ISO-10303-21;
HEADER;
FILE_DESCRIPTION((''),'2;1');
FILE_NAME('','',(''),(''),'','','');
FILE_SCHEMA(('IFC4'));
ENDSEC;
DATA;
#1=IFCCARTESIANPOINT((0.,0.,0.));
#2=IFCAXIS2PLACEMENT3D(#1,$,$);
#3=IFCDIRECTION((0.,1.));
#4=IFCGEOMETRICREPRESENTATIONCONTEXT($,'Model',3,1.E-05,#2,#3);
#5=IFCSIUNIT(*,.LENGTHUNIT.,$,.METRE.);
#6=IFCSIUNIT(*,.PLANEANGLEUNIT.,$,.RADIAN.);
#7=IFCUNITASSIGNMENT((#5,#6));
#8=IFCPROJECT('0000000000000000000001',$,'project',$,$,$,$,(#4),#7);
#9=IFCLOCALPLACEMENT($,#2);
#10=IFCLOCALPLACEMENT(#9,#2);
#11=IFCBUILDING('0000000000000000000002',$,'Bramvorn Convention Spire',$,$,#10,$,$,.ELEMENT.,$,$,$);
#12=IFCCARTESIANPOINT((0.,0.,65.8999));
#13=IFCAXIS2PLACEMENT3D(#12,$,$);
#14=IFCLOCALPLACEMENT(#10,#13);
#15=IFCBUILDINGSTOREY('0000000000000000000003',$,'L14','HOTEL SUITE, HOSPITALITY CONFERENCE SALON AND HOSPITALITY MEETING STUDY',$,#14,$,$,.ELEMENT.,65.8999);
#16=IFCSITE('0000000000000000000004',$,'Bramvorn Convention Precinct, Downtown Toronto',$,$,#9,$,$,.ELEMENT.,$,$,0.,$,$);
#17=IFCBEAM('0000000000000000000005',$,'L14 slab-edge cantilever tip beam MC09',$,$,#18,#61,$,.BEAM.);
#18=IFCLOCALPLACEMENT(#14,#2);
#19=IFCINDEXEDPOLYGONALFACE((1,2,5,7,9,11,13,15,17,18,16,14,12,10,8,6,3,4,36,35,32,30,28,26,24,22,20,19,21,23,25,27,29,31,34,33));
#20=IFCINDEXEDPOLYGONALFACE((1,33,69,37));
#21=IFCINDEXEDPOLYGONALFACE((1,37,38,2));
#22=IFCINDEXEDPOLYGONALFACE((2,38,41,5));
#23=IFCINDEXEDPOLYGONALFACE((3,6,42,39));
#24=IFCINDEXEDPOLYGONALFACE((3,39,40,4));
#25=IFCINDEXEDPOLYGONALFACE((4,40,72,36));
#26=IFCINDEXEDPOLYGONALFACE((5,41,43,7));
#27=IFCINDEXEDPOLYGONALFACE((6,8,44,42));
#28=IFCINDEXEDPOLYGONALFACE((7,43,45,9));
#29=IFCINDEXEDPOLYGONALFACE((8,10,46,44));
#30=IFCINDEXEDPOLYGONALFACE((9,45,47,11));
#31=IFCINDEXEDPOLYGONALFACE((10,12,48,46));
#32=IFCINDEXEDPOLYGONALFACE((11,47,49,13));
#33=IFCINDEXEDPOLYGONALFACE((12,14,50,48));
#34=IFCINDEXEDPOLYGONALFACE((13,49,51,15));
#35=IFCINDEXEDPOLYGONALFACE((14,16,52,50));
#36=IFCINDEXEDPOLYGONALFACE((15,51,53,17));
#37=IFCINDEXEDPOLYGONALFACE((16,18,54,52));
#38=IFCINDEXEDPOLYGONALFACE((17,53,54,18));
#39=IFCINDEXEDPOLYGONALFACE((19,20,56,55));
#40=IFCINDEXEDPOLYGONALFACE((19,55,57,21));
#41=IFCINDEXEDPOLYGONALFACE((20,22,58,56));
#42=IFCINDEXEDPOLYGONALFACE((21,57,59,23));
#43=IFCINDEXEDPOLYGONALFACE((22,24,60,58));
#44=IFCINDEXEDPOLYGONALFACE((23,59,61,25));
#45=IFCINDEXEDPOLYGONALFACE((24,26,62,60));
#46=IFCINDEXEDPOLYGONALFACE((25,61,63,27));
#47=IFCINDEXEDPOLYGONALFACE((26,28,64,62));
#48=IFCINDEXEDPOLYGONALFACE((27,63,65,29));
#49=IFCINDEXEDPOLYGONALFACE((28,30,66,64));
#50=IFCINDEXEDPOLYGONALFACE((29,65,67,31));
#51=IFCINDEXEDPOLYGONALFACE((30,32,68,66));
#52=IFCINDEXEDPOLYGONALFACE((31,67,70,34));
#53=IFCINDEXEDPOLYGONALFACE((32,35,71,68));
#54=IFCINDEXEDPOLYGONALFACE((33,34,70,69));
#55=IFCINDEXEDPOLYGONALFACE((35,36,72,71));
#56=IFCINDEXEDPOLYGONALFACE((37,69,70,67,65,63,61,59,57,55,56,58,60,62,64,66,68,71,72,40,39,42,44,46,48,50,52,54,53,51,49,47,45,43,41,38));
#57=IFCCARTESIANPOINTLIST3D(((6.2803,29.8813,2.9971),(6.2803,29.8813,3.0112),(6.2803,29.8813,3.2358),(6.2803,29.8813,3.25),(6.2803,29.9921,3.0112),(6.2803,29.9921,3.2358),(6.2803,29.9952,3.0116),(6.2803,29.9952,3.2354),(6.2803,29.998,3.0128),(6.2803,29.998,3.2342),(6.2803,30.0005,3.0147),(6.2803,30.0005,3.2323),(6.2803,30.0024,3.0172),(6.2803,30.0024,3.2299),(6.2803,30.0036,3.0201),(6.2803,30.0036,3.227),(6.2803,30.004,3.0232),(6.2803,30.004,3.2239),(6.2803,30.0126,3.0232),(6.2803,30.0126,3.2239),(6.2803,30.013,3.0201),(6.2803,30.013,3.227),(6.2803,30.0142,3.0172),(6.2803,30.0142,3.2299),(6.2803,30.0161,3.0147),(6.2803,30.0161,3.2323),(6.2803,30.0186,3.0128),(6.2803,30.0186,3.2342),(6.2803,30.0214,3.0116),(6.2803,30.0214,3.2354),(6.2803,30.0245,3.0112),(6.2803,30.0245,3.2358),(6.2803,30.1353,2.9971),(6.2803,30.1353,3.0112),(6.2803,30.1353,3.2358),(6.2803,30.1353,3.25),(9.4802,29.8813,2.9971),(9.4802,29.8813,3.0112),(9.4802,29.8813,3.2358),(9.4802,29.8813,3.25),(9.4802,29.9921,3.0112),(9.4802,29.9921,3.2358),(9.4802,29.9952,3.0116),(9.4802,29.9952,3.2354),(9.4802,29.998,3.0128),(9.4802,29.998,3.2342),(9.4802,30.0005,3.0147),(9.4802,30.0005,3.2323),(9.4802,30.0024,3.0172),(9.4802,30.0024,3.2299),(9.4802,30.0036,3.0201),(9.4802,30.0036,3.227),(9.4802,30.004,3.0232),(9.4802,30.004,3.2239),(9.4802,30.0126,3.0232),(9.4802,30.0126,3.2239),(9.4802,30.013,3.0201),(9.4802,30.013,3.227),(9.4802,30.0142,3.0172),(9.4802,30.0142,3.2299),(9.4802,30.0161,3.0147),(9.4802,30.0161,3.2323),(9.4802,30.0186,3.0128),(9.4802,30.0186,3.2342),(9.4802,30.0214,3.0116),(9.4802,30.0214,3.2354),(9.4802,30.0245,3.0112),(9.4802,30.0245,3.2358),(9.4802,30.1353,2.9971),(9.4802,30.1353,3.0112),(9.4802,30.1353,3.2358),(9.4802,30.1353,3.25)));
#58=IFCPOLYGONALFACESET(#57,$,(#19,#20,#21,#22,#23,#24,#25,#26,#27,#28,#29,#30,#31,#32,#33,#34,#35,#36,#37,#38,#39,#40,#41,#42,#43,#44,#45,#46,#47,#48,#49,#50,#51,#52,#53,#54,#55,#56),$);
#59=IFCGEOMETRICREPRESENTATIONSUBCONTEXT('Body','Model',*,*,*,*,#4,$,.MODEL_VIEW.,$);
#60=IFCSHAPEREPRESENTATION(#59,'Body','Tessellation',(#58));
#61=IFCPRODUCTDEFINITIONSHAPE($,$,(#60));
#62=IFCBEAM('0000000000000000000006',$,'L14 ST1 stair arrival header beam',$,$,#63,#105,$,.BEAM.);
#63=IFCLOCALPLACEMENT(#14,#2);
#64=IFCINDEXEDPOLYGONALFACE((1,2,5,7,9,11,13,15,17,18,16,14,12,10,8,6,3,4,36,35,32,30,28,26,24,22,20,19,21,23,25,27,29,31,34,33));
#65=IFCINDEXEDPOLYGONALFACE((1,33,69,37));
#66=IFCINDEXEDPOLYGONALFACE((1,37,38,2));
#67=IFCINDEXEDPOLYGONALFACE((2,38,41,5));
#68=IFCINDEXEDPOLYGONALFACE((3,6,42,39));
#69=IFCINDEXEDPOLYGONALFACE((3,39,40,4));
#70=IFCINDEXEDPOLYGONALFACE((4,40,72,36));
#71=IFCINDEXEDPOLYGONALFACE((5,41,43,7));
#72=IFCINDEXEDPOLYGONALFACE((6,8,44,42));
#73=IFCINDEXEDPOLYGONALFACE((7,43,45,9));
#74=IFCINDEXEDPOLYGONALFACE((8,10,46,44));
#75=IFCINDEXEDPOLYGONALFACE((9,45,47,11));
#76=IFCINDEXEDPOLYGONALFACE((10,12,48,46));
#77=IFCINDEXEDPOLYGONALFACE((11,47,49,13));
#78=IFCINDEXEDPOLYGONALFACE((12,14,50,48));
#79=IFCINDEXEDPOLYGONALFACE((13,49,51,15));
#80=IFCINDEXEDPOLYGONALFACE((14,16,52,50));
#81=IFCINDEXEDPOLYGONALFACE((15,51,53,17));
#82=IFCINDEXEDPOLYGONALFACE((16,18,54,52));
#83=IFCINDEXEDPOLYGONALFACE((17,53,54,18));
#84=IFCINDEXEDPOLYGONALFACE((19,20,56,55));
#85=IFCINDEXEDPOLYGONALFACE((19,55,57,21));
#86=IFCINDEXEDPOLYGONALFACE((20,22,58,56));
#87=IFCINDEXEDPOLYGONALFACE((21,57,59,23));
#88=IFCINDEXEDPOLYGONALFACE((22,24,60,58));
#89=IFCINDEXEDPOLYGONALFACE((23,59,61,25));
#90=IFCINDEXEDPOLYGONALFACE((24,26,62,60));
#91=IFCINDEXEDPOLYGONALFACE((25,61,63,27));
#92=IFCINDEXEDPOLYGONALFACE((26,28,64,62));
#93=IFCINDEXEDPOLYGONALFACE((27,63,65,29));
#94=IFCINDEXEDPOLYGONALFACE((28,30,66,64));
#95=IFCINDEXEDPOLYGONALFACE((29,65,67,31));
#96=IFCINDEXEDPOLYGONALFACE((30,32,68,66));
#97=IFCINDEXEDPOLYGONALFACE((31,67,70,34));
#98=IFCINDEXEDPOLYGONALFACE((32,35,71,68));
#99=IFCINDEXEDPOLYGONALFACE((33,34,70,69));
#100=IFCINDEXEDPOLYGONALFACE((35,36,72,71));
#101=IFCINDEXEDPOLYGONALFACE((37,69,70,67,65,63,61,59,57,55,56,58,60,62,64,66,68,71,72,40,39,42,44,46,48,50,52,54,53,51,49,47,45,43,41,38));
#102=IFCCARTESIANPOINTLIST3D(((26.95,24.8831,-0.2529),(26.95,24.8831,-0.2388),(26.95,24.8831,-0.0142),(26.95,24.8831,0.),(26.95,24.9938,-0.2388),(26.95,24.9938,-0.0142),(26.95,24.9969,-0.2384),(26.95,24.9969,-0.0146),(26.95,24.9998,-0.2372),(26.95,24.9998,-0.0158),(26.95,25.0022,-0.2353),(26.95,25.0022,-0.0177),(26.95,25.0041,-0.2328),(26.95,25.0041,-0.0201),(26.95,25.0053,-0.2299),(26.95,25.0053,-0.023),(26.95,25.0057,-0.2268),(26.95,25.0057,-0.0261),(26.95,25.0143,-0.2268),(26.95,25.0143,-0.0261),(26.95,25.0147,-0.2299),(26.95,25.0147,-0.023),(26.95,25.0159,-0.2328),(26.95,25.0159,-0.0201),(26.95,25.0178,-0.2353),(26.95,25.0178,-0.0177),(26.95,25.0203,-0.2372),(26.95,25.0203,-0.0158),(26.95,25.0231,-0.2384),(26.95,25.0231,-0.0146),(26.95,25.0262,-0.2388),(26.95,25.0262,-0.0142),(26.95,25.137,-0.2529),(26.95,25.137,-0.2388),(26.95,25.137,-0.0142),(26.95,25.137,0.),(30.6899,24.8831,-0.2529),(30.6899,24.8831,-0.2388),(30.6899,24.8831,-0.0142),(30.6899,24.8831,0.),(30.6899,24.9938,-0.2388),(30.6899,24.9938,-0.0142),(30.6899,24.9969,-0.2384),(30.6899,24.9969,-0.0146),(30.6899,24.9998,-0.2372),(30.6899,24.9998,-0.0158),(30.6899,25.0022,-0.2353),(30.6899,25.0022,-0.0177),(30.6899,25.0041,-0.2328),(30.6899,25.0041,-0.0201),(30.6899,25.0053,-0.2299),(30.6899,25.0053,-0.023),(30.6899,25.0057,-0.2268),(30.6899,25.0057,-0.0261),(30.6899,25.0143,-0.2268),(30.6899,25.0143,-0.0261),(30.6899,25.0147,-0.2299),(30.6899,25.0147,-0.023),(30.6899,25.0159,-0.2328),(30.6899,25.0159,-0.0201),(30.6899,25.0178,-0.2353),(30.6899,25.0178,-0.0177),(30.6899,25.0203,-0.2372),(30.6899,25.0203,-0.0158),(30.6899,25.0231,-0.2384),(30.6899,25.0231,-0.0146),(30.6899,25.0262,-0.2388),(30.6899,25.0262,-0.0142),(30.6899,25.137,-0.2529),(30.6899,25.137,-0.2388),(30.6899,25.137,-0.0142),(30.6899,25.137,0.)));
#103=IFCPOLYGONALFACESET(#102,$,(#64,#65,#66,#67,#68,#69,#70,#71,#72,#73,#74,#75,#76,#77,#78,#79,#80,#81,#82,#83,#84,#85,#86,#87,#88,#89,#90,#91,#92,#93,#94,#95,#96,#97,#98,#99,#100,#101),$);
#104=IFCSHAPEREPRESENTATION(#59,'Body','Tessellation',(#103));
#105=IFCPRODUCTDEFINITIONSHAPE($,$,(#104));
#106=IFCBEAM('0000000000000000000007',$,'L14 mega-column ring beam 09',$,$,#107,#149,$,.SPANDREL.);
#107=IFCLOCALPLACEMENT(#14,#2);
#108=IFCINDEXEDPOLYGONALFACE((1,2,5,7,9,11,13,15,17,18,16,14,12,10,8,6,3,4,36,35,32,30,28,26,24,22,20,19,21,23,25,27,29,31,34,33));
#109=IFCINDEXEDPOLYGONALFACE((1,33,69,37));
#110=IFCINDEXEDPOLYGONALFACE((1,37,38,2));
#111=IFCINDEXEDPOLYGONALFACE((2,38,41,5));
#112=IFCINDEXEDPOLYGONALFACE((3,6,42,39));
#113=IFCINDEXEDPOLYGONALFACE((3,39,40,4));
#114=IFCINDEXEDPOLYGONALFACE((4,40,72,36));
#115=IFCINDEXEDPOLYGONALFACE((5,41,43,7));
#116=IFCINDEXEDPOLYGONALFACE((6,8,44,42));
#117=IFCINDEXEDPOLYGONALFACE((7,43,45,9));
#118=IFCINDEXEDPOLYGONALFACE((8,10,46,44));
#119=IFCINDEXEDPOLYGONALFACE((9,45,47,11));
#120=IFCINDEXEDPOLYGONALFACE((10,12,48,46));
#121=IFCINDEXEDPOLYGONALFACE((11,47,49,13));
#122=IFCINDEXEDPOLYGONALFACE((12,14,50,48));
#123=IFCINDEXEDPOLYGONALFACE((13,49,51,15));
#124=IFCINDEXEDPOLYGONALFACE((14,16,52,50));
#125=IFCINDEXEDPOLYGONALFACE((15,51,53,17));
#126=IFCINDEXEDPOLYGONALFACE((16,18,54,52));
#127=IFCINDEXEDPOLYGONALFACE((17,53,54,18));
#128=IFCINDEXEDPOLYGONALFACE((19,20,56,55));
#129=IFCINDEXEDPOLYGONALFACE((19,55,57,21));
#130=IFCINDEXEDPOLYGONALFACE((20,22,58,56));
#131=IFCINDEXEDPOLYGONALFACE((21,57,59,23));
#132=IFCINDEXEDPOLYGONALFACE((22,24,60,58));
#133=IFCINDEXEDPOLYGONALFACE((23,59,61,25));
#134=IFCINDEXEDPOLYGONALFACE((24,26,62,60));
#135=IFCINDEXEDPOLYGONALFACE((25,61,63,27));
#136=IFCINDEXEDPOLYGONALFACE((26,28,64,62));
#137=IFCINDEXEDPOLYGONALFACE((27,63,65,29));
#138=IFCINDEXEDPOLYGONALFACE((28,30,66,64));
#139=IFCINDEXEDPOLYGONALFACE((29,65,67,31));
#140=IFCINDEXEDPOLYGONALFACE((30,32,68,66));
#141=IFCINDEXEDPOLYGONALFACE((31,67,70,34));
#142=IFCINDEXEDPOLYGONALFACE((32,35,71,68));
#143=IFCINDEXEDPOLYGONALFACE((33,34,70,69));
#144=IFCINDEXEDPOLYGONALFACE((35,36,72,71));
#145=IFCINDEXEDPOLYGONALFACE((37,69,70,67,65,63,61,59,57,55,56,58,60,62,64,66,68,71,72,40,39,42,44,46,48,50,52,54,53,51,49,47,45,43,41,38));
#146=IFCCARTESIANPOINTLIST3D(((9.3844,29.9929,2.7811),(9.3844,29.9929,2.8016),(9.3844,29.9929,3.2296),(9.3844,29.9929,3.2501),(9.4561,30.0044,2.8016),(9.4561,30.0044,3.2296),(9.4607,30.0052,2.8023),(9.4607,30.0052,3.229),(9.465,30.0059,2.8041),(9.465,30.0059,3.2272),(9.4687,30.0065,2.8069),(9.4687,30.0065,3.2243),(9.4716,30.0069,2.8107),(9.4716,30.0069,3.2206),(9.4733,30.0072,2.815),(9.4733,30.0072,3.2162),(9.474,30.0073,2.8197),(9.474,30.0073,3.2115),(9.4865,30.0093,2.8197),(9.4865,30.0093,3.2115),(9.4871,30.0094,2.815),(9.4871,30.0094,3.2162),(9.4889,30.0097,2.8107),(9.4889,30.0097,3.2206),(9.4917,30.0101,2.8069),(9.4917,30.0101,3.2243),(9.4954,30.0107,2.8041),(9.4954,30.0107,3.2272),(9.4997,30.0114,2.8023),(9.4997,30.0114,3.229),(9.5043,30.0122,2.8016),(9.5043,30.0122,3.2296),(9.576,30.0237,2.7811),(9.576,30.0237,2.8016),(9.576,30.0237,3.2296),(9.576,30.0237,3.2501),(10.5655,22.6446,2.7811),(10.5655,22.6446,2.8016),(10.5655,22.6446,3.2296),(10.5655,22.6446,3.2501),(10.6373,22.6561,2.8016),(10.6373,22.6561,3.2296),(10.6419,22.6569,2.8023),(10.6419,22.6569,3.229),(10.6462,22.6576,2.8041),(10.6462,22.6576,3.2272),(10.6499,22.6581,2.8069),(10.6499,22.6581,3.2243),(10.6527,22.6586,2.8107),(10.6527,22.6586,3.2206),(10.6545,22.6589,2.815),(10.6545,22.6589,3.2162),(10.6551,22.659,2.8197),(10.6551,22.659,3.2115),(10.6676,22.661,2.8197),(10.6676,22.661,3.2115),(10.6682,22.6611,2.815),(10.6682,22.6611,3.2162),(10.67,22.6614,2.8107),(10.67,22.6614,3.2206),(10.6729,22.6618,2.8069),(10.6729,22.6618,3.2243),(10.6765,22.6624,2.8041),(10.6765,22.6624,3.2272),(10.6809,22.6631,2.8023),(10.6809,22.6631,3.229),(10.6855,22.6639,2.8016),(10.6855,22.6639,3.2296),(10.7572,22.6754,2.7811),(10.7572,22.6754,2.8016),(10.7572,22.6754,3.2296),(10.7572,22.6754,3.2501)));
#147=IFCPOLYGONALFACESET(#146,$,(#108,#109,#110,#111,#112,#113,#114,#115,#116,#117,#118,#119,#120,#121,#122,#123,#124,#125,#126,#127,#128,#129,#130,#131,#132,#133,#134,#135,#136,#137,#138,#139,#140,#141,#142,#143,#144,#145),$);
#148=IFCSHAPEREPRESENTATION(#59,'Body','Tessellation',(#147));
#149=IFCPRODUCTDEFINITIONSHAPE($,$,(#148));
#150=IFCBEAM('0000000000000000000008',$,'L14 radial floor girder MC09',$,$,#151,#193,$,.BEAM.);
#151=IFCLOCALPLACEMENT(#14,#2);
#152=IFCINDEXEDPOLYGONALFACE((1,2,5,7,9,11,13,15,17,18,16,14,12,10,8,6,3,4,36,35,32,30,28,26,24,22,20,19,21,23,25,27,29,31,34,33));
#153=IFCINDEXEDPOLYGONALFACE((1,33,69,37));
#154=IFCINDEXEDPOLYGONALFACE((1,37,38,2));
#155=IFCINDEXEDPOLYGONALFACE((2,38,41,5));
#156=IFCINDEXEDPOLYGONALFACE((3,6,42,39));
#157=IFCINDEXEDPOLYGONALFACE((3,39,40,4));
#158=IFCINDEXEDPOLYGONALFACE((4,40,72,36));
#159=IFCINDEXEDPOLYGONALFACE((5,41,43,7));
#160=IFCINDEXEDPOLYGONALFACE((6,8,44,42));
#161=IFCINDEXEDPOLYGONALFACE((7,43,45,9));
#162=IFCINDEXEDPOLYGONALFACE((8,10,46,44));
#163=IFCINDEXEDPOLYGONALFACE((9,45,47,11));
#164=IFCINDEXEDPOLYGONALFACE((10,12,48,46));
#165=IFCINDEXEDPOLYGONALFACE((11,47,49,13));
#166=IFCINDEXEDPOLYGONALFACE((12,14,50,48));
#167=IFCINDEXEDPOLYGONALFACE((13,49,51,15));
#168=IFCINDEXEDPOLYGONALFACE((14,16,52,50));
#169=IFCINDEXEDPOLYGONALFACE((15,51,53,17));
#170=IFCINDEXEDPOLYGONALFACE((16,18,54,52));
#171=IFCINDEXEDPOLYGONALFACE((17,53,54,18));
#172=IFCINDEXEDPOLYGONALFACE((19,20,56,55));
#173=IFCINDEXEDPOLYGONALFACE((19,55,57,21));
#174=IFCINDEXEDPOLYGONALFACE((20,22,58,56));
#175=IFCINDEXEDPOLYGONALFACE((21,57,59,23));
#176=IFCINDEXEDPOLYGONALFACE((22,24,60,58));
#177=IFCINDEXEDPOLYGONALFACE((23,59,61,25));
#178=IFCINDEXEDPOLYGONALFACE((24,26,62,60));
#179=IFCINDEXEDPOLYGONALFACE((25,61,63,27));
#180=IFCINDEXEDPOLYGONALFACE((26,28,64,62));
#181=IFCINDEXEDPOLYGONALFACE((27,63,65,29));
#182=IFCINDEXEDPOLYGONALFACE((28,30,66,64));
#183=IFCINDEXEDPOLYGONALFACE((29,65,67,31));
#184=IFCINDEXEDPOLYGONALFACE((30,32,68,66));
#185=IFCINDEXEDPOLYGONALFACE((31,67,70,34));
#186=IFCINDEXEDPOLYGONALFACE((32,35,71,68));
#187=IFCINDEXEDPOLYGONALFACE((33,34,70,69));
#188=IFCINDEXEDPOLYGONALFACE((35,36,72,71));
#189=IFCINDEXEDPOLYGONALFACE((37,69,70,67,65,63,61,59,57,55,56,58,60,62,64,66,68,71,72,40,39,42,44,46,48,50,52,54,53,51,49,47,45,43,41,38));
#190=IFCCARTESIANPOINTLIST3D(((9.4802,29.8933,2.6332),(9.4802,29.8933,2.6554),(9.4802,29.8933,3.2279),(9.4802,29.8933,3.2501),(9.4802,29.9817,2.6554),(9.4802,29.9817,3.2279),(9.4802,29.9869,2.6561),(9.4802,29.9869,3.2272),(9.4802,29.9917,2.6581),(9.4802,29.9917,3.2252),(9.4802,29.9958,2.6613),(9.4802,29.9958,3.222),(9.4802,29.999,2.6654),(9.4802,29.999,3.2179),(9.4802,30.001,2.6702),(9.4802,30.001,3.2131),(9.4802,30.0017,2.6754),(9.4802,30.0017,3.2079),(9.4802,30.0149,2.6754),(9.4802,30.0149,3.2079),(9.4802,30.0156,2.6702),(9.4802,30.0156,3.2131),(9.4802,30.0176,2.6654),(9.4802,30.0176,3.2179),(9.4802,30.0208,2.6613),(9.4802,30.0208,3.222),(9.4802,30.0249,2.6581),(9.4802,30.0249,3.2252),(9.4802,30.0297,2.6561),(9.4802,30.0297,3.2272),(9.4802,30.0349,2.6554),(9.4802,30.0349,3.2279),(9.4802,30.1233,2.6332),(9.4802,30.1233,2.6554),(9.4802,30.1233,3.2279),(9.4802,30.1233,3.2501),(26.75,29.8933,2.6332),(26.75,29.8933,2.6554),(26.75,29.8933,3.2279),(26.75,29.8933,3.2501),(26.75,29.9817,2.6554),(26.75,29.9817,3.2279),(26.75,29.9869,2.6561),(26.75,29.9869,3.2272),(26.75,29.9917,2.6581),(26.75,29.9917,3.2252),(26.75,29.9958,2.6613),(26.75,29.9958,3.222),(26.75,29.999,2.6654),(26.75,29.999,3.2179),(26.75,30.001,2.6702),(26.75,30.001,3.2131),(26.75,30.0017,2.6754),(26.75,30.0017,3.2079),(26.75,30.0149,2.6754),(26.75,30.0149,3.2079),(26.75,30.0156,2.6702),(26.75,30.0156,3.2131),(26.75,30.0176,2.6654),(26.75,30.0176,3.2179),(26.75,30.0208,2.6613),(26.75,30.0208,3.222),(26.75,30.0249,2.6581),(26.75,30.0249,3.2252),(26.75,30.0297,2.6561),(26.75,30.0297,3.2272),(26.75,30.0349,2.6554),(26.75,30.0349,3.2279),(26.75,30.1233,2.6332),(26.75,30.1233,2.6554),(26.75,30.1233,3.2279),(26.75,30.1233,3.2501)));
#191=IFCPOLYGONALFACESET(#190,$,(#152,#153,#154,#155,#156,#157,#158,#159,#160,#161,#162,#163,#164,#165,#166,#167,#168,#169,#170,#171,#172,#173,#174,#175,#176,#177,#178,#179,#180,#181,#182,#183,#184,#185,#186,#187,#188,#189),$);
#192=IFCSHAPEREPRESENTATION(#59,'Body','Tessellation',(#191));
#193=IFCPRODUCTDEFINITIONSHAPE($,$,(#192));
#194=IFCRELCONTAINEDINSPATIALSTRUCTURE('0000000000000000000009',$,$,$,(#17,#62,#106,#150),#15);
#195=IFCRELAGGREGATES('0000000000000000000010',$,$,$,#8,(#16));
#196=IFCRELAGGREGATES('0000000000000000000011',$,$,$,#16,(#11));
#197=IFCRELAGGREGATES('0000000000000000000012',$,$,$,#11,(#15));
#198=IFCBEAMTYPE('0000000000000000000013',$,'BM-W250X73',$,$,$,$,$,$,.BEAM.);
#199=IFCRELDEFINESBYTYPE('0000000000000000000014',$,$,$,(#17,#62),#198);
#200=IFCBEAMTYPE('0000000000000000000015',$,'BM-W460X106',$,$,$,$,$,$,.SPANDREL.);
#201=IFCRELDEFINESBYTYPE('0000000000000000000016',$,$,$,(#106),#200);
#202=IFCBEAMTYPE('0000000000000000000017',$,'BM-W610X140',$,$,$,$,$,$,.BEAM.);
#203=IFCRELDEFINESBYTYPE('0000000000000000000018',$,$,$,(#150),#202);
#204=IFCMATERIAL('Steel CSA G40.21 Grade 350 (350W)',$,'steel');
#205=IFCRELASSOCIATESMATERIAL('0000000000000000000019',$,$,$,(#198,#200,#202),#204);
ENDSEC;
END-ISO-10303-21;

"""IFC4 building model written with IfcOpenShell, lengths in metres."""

from ifc_helpers import new_model, si_unit, direction, frame, origin, origin_2d, place, context, subcontext, project, spatial, i_section, extrude, material, material_profile, profile_set, type_object, element, save


model = new_model("IFC4")

# Units and contexts
model_context = context("Model", 3, precision=1e-05, world=origin(), true_north=direction((0.0, 1.0)))
body_context = subcontext(model_context, "Body", "Model", "MODEL_VIEW")
ifc_project = project(units=[si_unit("LENGTHUNIT", "METRE"), si_unit("PLANEANGLEUNIT", "RADIAN")], contexts=[model_context])

# Site, building, storey
site_placement = place(None, origin())
site = spatial("IfcSite", under=ifc_project, at=site_placement, Name="Bramvorn Convention Precinct, Downtown Toronto", CompositionType="ELEMENT", RefElevation=0.0)
building_placement = place(site_placement, origin())
building = spatial("IfcBuilding", under=site, at=building_placement, Name="Bramvorn Convention Spire", CompositionType="ELEMENT")
storey_placement = place(building_placement, frame((0.0, 0.0, 65.8999)))
storey = spatial("IfcBuildingStorey", under=building, at=storey_placement, Name="L14", Description="HOTEL SUITE, HOSPITALITY CONFERENCE SALON AND HOSPITALITY MEETING STUDY", CompositionType="ELEMENT", Elevation=65.8999)

# Shared definitions
ifc_material_1 = material(Name="Steel CSA G40.21 Grade 350 (350W)", Category="steel")

# Beams
ifc_material_profile_1 = material_profile(ifc_material_1, i_section(OverallWidth=0.2539, OverallDepth=0.2529, WebThickness=0.0085, FlangeThickness=0.0142, FilletRadius=0.012, at=origin_2d()))
ifc_profile_set_1 = profile_set([ifc_material_profile_1], Name="Steel CSA G40.21 Grade 350 (350W) - W250X73")
beam_type_1 = type_object("IfcBeamType", Name="BM-W250X73", PredefinedType="BEAM", material=ifc_profile_set_1)
beam_1_placement = place(storey_placement, frame((9.4802, 30.0083, 3.1235), z_axis=(-1.0, 0.0, 0.0), x_axis=(0.0, -1.0, 0.0)))
element("IfcBeam", 1, at=beam_1_placement, inside=storey, type_object=beam_type_1, Name="L14 slab-edge cantilever tip beam MC09", PredefinedType="BEAM", context=body_context, shape_type="SweptSolid", body=[
    extrude(i_section(OverallWidth=0.2539, OverallDepth=0.2529, WebThickness=0.0085, FlangeThickness=0.0142, FilletRadius=0.012, at=origin_2d()), origin(), (0.0, 0.0, 1.0), 3.2),
])
beam_2_placement = place(storey_placement, frame((26.95, 25.01, -0.1265), z_axis=(1.0, 0.0, 0.0), x_axis=(0.0, 1.0, 0.0)))
element("IfcBeam", 2, at=beam_2_placement, inside=storey, type_object=beam_type_1, Name="L14 ST1 stair arrival header beam", PredefinedType="BEAM", context=body_context, shape_type="SweptSolid", body=[
    extrude(i_section(OverallWidth=0.2539, OverallDepth=0.2529, WebThickness=0.0085, FlangeThickness=0.0142, FilletRadius=0.012, at=origin_2d()), origin(), (0.0, 0.0, 1.0), 3.74),
])
ifc_material_profile_2 = material_profile(ifc_material_1, i_section(OverallWidth=0.1941, OverallDepth=0.469, WebThickness=0.0127, FlangeThickness=0.0205, FilletRadius=0.0181, at=origin_2d()))
ifc_profile_set_2 = profile_set([ifc_material_profile_2], Name="Steel CSA G40.21 Grade 350 (350W) - W460X106")
beam_type_2 = type_object("IfcBeamType", Name="BM-W460X106", PredefinedType="SPANDREL", material=ifc_profile_set_2)
beam_3_placement = place(storey_placement, frame((9.4802, 30.0083, 3.0156), z_axis=(0.158699, -0.987327, 0.0), x_axis=(0.987327, 0.158699, 0.0)))
element("IfcBeam", 3, at=beam_3_placement, inside=storey, type_object=beam_type_2, Name="L14 mega-column ring beam 09", PredefinedType="SPANDREL", context=body_context, shape_type="SweptSolid", body=[
    extrude(i_section(OverallWidth=0.1941, OverallDepth=0.469, WebThickness=0.0127, FlangeThickness=0.0205, FilletRadius=0.0181, at=origin_2d()), origin(), (0.0, 0.0, 1.0), 7.4426),
])
ifc_material_profile_3 = material_profile(ifc_material_1, i_section(OverallWidth=0.23, OverallDepth=0.6169, WebThickness=0.0132, FlangeThickness=0.0222, FilletRadius=0.02, at=origin_2d()))
ifc_profile_set_3 = profile_set([ifc_material_profile_3], Name="Steel CSA G40.21 Grade 350 (350W) - W610X140")
beam_type_3 = type_object("IfcBeamType", Name="BM-W610X140", PredefinedType="BEAM", material=ifc_profile_set_3)
beam_4_placement = place(storey_placement, frame((26.75, 30.0083, 2.9417), z_axis=(-1.0, 0.0, 0.0), x_axis=(0.0, -1.0, 0.0)))
element("IfcBeam", 4, at=beam_4_placement, inside=storey, type_object=beam_type_3, Name="L14 radial floor girder MC09", PredefinedType="BEAM", context=body_context, shape_type="SweptSolid", body=[
    extrude(i_section(OverallWidth=0.23, OverallDepth=0.6169, WebThickness=0.0132, FlangeThickness=0.0222, FilletRadius=0.02, at=origin_2d()), origin(), (0.0, 0.0, 1.0), 17.2698),
])

save(model, "model.ifc")
